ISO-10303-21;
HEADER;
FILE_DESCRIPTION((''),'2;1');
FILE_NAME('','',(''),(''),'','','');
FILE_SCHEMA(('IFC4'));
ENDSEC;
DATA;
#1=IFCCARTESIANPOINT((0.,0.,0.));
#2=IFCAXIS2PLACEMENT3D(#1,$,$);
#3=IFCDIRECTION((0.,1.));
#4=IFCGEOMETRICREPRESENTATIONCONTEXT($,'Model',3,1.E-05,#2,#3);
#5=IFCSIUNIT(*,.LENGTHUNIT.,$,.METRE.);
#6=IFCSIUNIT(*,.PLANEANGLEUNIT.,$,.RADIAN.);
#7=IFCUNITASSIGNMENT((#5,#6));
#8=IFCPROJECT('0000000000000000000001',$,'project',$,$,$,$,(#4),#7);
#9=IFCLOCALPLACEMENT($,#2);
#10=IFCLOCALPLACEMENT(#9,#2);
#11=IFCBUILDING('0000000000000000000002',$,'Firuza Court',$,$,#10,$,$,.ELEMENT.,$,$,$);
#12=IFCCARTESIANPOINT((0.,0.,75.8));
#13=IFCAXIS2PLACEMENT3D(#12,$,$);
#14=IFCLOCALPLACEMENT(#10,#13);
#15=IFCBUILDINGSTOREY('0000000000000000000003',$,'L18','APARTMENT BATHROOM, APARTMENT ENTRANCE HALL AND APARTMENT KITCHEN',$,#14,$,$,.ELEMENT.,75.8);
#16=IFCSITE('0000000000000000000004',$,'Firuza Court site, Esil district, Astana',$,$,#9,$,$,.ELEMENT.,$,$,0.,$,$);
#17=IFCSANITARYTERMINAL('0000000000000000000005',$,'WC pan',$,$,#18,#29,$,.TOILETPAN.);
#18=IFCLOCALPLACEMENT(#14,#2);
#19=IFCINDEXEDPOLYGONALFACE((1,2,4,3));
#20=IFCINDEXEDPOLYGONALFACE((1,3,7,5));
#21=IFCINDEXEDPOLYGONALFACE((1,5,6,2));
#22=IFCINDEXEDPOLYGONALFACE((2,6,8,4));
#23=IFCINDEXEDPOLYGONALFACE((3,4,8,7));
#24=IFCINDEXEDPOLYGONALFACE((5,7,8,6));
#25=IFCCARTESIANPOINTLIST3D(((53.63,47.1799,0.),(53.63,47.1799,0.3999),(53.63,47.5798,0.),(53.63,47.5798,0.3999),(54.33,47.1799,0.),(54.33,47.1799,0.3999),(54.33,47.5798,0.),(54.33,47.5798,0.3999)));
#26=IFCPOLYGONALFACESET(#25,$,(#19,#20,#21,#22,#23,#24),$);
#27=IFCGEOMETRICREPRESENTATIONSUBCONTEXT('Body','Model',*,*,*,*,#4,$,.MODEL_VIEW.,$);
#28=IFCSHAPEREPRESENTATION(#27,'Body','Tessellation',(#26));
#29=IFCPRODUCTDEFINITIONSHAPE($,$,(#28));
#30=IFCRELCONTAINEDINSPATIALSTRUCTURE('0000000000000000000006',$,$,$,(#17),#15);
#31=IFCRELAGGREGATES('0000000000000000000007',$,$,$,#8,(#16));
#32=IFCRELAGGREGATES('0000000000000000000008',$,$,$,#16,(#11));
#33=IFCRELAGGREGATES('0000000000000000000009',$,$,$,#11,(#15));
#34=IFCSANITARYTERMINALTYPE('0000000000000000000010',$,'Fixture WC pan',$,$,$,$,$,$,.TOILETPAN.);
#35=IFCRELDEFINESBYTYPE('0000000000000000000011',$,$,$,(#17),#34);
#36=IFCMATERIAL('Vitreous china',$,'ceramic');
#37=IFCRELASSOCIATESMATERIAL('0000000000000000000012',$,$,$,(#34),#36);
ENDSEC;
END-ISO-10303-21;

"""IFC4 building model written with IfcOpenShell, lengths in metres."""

from ifc_helpers import new_model, si_unit, direction, frame, origin, origin_2d, place, context, subcontext, project, spatial, rectangle, extrude, material, type_object, element, save


model = new_model("IFC4")

# Units and contexts
model_context = context("Model", 3, precision=1e-05, world=origin(), true_north=direction((0.0, 1.0)))
body_context = subcontext(model_context, "Body", "Model", "MODEL_VIEW")
ifc_project = project(units=[si_unit("LENGTHUNIT", "METRE"), si_unit("PLANEANGLEUNIT", "RADIAN")], contexts=[model_context])

# Site, building, storey
site_placement = place(None, origin())
site = spatial("IfcSite", under=ifc_project, at=site_placement, Name="Firuza Court site, Esil district, Astana", CompositionType="ELEMENT", RefElevation=0.0)
building_placement = place(site_placement, origin())
building = spatial("IfcBuilding", under=site, at=building_placement, Name="Firuza Court", CompositionType="ELEMENT")
storey_placement = place(building_placement, frame((0.0, 0.0, 75.8)))
storey = spatial("IfcBuildingStorey", under=building, at=storey_placement, Name="L18", Description="APARTMENT BATHROOM, APARTMENT ENTRANCE HALL AND APARTMENT KITCHEN", CompositionType="ELEMENT", Elevation=75.8)

# Sanitary terminal
ifc_material_1 = material(Name="Vitreous china", Category="ceramic")
sanitary_terminal_type_1 = type_object("IfcSanitaryTerminalType", Name="Fixture WC pan", PredefinedType="TOILETPAN", material=ifc_material_1)
for number, where, z_axis, x_axis, name in (
    (1, (53.98, 47.3799, 0.0), (0.0, 0.0, 1.0), (1.0, 0.0, 0.0), "WC pan"),
):
    element("IfcSanitaryTerminal", number, at=place(storey_placement, frame(where, z_axis=z_axis, x_axis=x_axis)), inside=storey, type_object=sanitary_terminal_type_1, Name=name, PredefinedType="TOILETPAN", context=body_context, shape_type="SweptSolid", body=[
        extrude(rectangle(XDim=0.7, YDim=0.3999, at=origin_2d()), origin(), (0.0, 0.0, 1.0), 0.3999),
    ])

save(model, "model.ifc")
